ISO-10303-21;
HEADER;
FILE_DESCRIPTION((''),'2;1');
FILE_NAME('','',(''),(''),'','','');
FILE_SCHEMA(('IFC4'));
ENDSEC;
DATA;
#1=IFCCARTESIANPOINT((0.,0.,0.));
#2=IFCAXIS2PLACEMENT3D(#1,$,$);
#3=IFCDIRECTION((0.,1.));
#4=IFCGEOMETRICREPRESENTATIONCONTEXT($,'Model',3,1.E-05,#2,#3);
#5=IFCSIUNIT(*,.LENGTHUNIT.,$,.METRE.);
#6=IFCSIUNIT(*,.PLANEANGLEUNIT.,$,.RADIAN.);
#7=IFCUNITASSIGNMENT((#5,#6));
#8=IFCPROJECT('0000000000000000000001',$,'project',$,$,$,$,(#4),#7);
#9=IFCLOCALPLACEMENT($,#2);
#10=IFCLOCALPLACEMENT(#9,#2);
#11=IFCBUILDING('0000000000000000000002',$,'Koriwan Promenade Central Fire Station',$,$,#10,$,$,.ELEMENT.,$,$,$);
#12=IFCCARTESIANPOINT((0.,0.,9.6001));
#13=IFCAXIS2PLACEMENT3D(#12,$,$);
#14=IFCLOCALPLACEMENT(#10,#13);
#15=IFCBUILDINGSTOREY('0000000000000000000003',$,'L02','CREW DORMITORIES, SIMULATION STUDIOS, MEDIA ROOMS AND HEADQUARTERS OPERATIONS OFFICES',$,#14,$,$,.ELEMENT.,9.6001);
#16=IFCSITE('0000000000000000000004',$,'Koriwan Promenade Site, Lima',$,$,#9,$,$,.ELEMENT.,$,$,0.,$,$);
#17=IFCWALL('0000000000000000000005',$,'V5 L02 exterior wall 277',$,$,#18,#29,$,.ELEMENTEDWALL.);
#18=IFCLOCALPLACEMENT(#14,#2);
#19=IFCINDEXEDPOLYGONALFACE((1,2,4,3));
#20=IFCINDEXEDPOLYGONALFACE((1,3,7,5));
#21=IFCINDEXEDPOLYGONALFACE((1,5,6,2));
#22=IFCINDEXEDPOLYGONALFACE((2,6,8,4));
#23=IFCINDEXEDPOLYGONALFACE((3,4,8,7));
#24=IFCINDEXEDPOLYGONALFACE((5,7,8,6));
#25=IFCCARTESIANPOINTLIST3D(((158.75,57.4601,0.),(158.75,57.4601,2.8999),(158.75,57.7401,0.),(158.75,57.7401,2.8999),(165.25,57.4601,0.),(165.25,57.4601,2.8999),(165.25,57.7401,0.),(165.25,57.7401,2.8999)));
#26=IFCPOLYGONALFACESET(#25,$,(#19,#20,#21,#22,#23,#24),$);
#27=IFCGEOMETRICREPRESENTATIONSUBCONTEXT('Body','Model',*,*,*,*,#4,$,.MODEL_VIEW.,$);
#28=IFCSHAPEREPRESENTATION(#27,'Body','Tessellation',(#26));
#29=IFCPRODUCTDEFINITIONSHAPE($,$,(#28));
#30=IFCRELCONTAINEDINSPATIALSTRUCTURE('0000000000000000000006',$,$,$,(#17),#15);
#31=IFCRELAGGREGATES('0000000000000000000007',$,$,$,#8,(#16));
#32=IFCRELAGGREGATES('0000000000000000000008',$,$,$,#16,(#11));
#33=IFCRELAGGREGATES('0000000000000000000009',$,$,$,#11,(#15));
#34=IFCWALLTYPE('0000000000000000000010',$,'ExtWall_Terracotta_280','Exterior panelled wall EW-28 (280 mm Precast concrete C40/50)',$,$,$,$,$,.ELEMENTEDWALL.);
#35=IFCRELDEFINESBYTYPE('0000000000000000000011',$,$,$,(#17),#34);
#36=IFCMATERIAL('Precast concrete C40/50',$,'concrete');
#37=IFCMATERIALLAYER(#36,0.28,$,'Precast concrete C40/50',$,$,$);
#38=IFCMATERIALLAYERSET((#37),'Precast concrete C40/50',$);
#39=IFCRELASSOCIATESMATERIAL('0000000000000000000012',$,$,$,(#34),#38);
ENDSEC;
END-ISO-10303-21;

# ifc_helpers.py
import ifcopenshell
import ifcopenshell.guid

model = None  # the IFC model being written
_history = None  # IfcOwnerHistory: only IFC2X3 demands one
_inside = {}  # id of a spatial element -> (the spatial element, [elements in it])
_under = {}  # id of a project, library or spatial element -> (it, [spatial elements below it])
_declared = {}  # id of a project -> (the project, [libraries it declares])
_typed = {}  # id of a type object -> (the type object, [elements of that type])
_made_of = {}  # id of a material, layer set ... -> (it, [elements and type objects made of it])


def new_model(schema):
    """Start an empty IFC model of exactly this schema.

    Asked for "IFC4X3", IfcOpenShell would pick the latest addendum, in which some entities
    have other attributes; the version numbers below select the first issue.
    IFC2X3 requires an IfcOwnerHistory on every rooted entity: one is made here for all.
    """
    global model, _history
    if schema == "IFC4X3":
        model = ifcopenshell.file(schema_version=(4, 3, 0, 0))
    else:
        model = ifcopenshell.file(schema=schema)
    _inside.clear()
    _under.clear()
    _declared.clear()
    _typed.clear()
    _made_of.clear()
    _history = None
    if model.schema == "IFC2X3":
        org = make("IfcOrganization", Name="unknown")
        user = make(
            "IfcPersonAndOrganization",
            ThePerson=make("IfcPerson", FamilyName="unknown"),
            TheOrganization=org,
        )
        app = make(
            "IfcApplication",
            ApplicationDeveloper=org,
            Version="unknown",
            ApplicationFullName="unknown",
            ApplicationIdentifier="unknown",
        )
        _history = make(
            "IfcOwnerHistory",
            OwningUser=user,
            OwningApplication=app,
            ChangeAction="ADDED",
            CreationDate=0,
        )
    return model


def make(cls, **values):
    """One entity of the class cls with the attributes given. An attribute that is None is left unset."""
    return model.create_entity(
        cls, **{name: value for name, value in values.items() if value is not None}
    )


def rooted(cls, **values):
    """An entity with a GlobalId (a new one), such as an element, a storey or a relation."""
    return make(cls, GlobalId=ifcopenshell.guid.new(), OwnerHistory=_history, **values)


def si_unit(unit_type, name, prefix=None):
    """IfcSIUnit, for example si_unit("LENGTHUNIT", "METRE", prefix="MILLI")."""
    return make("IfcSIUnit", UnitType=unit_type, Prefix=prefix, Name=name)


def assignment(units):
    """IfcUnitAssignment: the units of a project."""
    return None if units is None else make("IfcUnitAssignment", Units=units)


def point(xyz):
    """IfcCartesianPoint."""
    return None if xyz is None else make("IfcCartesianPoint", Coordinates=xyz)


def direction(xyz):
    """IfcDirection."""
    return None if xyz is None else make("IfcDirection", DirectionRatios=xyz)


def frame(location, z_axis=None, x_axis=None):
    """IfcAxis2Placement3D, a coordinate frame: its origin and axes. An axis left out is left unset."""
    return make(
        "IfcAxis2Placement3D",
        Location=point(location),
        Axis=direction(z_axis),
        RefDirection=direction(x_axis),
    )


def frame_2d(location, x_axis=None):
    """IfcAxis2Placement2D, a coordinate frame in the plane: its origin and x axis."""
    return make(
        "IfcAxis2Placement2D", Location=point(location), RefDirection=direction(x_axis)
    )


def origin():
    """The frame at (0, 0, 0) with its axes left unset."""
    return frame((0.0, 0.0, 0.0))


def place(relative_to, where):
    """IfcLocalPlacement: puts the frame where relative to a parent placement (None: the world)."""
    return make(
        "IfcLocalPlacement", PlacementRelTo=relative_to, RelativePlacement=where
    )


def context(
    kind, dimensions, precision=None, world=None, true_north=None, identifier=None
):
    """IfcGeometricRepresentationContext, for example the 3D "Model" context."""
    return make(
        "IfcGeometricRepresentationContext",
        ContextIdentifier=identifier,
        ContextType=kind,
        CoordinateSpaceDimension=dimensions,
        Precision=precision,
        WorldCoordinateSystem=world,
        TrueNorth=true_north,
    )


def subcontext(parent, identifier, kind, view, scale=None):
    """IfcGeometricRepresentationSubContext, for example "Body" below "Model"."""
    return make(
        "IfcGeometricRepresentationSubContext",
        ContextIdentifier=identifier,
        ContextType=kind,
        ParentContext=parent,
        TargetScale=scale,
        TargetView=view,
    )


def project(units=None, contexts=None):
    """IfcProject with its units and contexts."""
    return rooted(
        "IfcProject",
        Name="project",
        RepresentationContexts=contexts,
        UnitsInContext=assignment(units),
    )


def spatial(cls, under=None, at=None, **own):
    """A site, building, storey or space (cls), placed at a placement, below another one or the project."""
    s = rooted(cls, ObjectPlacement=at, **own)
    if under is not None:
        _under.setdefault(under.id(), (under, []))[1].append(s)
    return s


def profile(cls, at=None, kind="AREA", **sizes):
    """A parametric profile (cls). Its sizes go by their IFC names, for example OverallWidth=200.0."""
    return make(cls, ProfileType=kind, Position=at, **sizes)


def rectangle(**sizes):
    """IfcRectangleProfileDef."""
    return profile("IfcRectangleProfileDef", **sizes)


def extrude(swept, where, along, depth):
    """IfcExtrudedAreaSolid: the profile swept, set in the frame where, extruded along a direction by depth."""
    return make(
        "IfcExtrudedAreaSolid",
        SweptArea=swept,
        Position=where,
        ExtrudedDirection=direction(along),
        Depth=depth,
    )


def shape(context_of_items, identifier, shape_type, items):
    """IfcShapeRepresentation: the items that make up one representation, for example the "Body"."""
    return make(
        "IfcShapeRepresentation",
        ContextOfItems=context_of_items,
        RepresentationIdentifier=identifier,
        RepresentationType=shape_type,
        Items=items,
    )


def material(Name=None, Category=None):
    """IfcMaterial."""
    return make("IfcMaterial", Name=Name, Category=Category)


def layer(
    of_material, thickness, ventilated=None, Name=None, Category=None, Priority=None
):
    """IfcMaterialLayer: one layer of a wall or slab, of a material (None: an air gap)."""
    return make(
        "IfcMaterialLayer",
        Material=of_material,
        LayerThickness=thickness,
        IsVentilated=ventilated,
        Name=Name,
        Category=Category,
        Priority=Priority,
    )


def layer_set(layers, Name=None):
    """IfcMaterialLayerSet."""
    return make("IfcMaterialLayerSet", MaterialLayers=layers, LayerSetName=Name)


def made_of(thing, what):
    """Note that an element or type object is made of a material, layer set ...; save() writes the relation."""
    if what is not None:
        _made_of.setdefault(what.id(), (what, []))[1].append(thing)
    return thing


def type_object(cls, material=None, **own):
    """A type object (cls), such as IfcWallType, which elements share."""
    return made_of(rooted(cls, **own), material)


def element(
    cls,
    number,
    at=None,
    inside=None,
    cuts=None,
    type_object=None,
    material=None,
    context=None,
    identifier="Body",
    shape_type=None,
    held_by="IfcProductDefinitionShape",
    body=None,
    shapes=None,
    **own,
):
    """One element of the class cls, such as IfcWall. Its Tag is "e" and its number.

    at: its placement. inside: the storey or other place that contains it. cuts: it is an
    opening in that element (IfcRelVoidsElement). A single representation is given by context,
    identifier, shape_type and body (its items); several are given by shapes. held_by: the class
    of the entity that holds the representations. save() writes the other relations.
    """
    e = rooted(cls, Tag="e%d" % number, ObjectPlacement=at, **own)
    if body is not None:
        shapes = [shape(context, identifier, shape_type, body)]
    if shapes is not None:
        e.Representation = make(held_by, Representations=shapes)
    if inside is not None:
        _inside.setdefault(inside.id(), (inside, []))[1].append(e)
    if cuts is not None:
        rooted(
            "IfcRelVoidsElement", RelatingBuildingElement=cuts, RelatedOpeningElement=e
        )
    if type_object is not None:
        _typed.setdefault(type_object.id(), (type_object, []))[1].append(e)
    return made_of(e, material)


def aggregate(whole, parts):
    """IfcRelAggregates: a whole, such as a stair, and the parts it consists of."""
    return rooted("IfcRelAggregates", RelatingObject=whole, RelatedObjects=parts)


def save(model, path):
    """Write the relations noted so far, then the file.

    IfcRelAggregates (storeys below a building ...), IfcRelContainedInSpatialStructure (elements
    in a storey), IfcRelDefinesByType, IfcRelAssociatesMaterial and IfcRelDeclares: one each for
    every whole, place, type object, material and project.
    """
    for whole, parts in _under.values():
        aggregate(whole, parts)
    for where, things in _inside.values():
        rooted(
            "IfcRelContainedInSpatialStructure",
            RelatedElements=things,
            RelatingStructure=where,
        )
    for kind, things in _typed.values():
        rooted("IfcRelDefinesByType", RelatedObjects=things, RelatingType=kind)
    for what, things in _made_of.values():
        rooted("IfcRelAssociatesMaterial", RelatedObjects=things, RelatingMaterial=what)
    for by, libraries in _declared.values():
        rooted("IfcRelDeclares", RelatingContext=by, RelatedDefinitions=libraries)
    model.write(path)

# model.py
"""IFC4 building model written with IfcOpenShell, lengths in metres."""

from ifc_helpers import new_model, si_unit, direction, frame, frame_2d, origin, place, context, subcontext, project, spatial, rectangle, extrude, material, layer, layer_set, type_object, element, save


model = new_model("IFC4")

# Units and contexts
model_context = context("Model", 3, precision=1e-05, world=origin(), true_north=direction((0.0, 1.0)))
body_context = subcontext(model_context, "Body", "Model", "MODEL_VIEW")
ifc_project = project(units=[si_unit("LENGTHUNIT", "METRE"), si_unit("PLANEANGLEUNIT", "RADIAN")], contexts=[model_context])

# Site, building, storey
site_placement = place(None, origin())
site = spatial("IfcSite", under=ifc_project, at=site_placement, Name="Koriwan Promenade Site, Lima", CompositionType="ELEMENT", RefElevation=0.0)
building_placement = place(site_placement, origin())
building = spatial("IfcBuilding", under=site, at=building_placement, Name="Koriwan Promenade Central Fire Station", CompositionType="ELEMENT")
storey_placement = place(building_placement, frame((0.0, 0.0, 9.6001)))
storey = spatial("IfcBuildingStorey", under=building, at=storey_placement, Name="L02", Description="CREW DORMITORIES, SIMULATION STUDIOS, MEDIA ROOMS AND HEADQUARTERS OPERATIONS OFFICES", CompositionType="ELEMENT", Elevation=9.6001)

# Shared definitions
ifc_material_1 = material(Name="Precast concrete C40/50", Category="concrete")
ifc_layer_1 = layer(ifc_material_1, 0.28, Name="Precast concrete C40/50")
ifc_layer_set_1 = layer_set([ifc_layer_1], Name="Precast concrete C40/50")
wall_type_1 = type_object("IfcWallType", Name="ExtWall_Terracotta_280", Description="Exterior panelled wall EW-28 (280 mm Precast concrete C40/50)", PredefinedType="ELEMENTEDWALL", material=ifc_layer_set_1)

# Wall
wall_1_placement = place(storey_placement, frame((158.75, 57.6001, 0.0), z_axis=(0.0, 0.0, 1.0), x_axis=(1.0, 0.0, 0.0)))
element("IfcWall", 1, at=wall_1_placement, inside=storey, type_object=wall_type_1, Name="V5 L02 exterior wall 277", PredefinedType="ELEMENTEDWALL", context=body_context, shape_type="SweptSolid", body=[
    extrude(rectangle(XDim=6.5, YDim=0.28, at=frame_2d((3.25, 0.0))), origin(), (0.0, 0.0, 1.0), 2.8999),
])

save(model, "model.ifc")
